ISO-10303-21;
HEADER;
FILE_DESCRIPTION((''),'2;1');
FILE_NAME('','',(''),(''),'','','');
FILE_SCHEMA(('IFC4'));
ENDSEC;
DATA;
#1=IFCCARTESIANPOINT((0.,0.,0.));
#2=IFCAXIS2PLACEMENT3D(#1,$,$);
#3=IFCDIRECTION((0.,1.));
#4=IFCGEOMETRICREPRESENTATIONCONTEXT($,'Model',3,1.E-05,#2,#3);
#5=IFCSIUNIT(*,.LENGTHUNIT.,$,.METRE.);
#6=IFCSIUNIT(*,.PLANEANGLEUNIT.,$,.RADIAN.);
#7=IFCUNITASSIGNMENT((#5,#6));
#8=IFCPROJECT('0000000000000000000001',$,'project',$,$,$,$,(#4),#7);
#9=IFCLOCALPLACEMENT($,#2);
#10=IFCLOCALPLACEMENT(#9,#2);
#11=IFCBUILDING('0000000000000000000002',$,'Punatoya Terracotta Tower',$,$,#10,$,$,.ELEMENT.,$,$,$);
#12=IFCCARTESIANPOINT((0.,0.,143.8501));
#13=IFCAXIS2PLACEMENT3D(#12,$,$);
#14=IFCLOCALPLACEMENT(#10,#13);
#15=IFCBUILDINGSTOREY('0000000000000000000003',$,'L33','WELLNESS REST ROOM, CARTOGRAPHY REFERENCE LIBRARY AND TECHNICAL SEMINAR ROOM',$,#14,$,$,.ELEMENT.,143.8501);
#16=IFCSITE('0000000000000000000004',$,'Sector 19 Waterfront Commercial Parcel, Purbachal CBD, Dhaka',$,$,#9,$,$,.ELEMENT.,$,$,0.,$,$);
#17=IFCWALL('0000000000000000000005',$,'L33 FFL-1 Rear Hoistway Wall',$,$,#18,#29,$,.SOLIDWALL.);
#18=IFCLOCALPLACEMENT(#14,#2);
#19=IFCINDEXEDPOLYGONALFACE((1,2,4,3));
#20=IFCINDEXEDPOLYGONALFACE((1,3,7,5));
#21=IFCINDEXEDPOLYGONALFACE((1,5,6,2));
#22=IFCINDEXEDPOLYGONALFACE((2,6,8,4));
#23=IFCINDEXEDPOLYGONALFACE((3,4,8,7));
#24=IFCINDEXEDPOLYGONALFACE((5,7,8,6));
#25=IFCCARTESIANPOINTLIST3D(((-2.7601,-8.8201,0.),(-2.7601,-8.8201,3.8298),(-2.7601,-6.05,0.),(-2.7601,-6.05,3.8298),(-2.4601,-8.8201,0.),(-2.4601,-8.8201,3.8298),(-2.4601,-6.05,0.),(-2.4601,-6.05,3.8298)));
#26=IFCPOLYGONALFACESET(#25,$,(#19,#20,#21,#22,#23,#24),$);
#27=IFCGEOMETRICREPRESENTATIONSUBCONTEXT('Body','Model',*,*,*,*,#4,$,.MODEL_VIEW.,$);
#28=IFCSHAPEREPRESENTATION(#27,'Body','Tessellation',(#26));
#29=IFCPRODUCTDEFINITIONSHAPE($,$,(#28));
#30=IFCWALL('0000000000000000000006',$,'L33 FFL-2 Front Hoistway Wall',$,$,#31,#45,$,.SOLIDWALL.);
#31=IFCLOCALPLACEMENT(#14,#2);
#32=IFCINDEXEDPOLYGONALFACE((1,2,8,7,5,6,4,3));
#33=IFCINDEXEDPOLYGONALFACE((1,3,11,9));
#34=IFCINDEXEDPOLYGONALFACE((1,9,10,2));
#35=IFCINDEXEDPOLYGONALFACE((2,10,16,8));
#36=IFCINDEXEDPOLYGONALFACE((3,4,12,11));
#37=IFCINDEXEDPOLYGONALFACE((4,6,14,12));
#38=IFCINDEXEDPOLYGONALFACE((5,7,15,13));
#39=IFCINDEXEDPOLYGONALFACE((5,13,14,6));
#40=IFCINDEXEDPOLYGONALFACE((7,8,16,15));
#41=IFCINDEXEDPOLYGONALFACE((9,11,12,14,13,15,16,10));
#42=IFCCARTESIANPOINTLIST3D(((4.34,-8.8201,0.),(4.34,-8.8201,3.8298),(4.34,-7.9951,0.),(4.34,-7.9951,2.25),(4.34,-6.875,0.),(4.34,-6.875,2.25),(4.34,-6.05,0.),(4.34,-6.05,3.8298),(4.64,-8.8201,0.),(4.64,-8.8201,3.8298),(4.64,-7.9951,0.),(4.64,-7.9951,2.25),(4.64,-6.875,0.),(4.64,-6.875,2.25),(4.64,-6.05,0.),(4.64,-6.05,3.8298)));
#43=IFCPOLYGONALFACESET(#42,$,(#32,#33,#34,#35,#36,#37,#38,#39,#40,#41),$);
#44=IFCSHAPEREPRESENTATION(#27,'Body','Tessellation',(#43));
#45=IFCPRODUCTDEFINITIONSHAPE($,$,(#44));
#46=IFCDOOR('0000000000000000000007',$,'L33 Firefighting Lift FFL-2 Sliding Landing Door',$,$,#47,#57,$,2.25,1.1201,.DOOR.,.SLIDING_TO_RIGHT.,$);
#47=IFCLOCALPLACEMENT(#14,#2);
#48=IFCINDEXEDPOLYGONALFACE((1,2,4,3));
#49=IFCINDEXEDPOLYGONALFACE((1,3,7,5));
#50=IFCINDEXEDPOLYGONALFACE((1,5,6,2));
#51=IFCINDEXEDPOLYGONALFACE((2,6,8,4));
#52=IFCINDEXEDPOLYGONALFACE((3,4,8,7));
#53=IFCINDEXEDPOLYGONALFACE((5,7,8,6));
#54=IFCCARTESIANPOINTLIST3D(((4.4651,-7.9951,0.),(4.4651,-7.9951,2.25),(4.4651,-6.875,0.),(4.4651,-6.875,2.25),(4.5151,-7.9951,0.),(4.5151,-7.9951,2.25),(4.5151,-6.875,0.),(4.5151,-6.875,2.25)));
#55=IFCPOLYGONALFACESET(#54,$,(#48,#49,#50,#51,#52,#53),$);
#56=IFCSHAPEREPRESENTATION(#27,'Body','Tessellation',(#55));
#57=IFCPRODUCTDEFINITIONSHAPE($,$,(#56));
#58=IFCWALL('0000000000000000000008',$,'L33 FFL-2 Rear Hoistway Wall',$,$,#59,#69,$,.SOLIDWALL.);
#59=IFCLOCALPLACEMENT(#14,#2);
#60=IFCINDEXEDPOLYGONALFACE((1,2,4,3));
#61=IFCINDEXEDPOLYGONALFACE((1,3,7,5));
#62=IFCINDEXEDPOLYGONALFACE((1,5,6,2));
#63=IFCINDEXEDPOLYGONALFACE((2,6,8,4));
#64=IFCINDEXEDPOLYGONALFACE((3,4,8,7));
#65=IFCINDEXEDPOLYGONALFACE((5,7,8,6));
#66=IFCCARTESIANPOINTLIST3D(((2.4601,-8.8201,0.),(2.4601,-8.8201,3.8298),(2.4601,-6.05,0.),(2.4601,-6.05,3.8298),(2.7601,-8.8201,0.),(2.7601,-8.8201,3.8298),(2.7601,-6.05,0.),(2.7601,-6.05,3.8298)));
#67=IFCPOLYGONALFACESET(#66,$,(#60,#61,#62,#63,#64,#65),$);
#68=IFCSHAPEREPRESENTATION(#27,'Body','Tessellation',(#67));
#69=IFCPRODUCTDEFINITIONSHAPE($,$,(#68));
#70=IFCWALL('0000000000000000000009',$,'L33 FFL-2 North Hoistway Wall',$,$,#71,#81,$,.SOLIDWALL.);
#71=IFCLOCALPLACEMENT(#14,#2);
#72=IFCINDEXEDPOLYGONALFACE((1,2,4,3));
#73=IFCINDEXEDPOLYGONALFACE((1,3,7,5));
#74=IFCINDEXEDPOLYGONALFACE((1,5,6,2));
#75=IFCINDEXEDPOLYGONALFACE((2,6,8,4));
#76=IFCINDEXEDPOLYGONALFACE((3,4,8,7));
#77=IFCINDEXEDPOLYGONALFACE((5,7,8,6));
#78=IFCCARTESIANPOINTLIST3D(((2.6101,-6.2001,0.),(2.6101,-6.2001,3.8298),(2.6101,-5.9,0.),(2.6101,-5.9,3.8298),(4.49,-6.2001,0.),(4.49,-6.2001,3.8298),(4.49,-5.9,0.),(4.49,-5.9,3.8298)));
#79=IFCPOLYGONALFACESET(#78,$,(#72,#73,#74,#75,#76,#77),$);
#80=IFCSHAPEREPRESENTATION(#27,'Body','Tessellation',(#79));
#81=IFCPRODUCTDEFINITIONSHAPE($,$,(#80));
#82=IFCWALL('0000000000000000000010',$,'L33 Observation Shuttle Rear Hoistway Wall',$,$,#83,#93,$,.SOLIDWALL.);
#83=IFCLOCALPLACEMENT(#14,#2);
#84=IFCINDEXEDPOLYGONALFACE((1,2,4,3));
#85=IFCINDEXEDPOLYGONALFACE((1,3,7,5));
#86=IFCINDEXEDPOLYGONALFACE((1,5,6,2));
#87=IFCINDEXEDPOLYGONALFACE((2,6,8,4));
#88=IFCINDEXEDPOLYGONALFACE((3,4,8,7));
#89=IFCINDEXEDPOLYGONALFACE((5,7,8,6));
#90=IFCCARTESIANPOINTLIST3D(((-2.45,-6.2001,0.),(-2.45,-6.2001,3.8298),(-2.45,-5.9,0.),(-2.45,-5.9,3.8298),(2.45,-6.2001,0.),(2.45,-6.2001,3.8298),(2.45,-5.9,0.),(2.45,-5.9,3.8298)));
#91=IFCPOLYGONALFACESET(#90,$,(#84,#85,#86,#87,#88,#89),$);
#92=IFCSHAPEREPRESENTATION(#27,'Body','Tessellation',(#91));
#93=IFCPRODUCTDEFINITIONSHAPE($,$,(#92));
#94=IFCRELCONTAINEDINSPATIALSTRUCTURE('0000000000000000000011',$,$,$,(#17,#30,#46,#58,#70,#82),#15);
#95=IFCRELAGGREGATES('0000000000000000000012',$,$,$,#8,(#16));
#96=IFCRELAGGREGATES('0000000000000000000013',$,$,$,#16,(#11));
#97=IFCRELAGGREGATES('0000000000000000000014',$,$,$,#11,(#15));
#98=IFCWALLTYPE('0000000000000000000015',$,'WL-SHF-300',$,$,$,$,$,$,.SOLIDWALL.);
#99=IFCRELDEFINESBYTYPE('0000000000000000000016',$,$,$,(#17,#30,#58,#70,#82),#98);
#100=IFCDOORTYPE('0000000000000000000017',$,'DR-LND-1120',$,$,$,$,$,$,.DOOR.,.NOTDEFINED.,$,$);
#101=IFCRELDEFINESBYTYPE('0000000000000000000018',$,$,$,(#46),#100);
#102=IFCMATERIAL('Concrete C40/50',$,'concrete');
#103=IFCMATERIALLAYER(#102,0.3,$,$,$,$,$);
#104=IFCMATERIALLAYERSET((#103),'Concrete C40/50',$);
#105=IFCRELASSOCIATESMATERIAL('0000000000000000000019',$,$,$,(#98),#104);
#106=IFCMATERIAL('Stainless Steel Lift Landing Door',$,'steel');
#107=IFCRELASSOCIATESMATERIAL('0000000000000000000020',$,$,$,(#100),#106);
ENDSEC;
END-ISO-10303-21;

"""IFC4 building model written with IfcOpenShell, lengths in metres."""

from ifc_helpers import new_model, si_unit, direction, frame, frame_2d, origin, place, context, subcontext, project, spatial, rectangle, extrude, material, layer, layer_set, type_object, element, fill, save


model = new_model("IFC4")

# Units and contexts
model_context = context("Model", 3, precision=1e-05, world=origin(), true_north=direction((0.0, 1.0)))
body_context = subcontext(model_context, "Body", "Model", "MODEL_VIEW")
ifc_project = project(units=[si_unit("LENGTHUNIT", "METRE"), si_unit("PLANEANGLEUNIT", "RADIAN")], contexts=[model_context])

# Site, building, storey
site_placement = place(None, origin())
site = spatial("IfcSite", under=ifc_project, at=site_placement, Name="Sector 19 Waterfront Commercial Parcel, Purbachal CBD, Dhaka", CompositionType="ELEMENT", RefElevation=0.0)
building_placement = place(site_placement, origin())
building = spatial("IfcBuilding", under=site, at=building_placement, Name="Punatoya Terracotta Tower", CompositionType="ELEMENT")
storey_placement = place(building_placement, frame((0.0, 0.0, 143.8501)))
storey = spatial("IfcBuildingStorey", under=building, at=storey_placement, Name="L33", Description="WELLNESS REST ROOM, CARTOGRAPHY REFERENCE LIBRARY AND TECHNICAL SEMINAR ROOM", CompositionType="ELEMENT", Elevation=143.8501)

# Wall
ifc_material_1 = material(Name="Concrete C40/50", Category="concrete")
ifc_layer_1 = layer(ifc_material_1, 0.3)
ifc_layer_set_1 = layer_set([ifc_layer_1], Name="Concrete C40/50")
wall_type_1 = type_object("IfcWallType", Name="WL-SHF-300", PredefinedType="SOLIDWALL", material=ifc_layer_set_1)
wall_1_placement = place(storey_placement, frame((-2.6101, -8.8201, 0.0), z_axis=(0.0, 0.0, 1.0), x_axis=(0.0, 1.0, 0.0)))
element("IfcWall", 1, at=wall_1_placement, inside=storey, type_object=wall_type_1, Name="L33 FFL-1 Rear Hoistway Wall", PredefinedType="SOLIDWALL", context=body_context, shape_type="SweptSolid", body=[
    extrude(rectangle(XDim=2.77, YDim=0.3, at=frame_2d((1.385, 0.0))), origin(), (0.0, 0.0, 1.0), 3.8298),
])

# Wall, opening, door
wall_2_placement = place(storey_placement, frame((4.49, -8.8201, 0.0), z_axis=(0.0, 0.0, 1.0), x_axis=(0.0, 1.0, 0.0)))
wall_2 = element("IfcWall", 2, at=wall_2_placement, inside=storey, type_object=wall_type_1, Name="L33 FFL-2 Front Hoistway Wall", PredefinedType="SOLIDWALL", context=body_context, shape_type="SweptSolid", body=[
    extrude(rectangle(XDim=2.77, YDim=0.3, at=frame_2d((1.385, 0.0))), origin(), (0.0, 0.0, 1.0), 3.8298),
])
opening_1_placement = place(wall_2_placement, frame((0.825, 0.0, 0.0)))
opening_1 = element("IfcOpeningElement", 3, at=opening_1_placement, cuts=wall_2, PredefinedType="OPENING", context=body_context, shape_type="SweptSolid", body=[
    extrude(rectangle(XDim=1.1201, YDim=2.25, at=frame_2d((0.5601, 1.125))), frame((0.0, 0.1599, 0.0), z_axis=(0.0, -1.0, 0.0), x_axis=(1.0, 0.0, 0.0)), (0.0, 0.0, 1.0), 0.3201),
])
ifc_material_2 = material(Name="Stainless Steel Lift Landing Door", Category="steel")
door_type_1 = type_object("IfcDoorType", Name="DR-LND-1120", OperationType="NOTDEFINED", PredefinedType="DOOR", material=ifc_material_2)
door_1_placement = place(opening_1_placement, origin())
door_1 = element("IfcDoor", 4, at=door_1_placement, inside=storey, type_object=door_type_1, Name="L33 Firefighting Lift FFL-2 Sliding Landing Door", OperationType="SLIDING_TO_RIGHT", OverallHeight=2.25, OverallWidth=1.1201, PredefinedType="DOOR", context=body_context, shape_type="SweptSolid", body=[
    extrude(rectangle(XDim=1.1201, YDim=2.25, at=frame_2d((0.5601, 1.125))), frame((0.0, 0.0249, 0.0), z_axis=(0.0, -1.0, 0.0), x_axis=(1.0, 0.0, 0.0)), (0.0, 0.0, 1.0), 0.05),
])
fill(opening_1, door_1)

# Walls
wall_3_placement = place(storey_placement, frame((2.6101, -8.8201, 0.0), z_axis=(0.0, 0.0, 1.0), x_axis=(0.0, 1.0, 0.0)))
element("IfcWall", 5, at=wall_3_placement, inside=storey, type_object=wall_type_1, Name="L33 FFL-2 Rear Hoistway Wall", PredefinedType="SOLIDWALL", context=body_context, shape_type="SweptSolid", body=[
    extrude(rectangle(XDim=2.77, YDim=0.3, at=frame_2d((1.385, 0.0))), origin(), (0.0, 0.0, 1.0), 3.8298),
])
wall_4_placement = place(storey_placement, frame((2.6101, -6.05, 0.0), z_axis=(0.0, 0.0, 1.0), x_axis=(1.0, 0.0, 0.0)))
element("IfcWall", 6, at=wall_4_placement, inside=storey, type_object=wall_type_1, Name="L33 FFL-2 North Hoistway Wall", PredefinedType="SOLIDWALL", context=body_context, shape_type="SweptSolid", body=[
    extrude(rectangle(XDim=1.8799, YDim=0.3, at=frame_2d((0.9399, 0.0))), origin(), (0.0, 0.0, 1.0), 3.8298),
])
wall_5_placement = place(storey_placement, frame((-2.45, -6.05, 0.0), z_axis=(0.0, 0.0, 1.0), x_axis=(1.0, 0.0, 0.0)))
element("IfcWall", 7, at=wall_5_placement, inside=storey, type_object=wall_type_1, Name="L33 Observation Shuttle Rear Hoistway Wall", PredefinedType="SOLIDWALL", context=body_context, shape_type="SweptSolid", body=[
    extrude(rectangle(XDim=4.8999, YDim=0.3, at=frame_2d((2.45, 0.0))), origin(), (0.0, 0.0, 1.0), 3.8298),
])

save(model, "model.ifc")
